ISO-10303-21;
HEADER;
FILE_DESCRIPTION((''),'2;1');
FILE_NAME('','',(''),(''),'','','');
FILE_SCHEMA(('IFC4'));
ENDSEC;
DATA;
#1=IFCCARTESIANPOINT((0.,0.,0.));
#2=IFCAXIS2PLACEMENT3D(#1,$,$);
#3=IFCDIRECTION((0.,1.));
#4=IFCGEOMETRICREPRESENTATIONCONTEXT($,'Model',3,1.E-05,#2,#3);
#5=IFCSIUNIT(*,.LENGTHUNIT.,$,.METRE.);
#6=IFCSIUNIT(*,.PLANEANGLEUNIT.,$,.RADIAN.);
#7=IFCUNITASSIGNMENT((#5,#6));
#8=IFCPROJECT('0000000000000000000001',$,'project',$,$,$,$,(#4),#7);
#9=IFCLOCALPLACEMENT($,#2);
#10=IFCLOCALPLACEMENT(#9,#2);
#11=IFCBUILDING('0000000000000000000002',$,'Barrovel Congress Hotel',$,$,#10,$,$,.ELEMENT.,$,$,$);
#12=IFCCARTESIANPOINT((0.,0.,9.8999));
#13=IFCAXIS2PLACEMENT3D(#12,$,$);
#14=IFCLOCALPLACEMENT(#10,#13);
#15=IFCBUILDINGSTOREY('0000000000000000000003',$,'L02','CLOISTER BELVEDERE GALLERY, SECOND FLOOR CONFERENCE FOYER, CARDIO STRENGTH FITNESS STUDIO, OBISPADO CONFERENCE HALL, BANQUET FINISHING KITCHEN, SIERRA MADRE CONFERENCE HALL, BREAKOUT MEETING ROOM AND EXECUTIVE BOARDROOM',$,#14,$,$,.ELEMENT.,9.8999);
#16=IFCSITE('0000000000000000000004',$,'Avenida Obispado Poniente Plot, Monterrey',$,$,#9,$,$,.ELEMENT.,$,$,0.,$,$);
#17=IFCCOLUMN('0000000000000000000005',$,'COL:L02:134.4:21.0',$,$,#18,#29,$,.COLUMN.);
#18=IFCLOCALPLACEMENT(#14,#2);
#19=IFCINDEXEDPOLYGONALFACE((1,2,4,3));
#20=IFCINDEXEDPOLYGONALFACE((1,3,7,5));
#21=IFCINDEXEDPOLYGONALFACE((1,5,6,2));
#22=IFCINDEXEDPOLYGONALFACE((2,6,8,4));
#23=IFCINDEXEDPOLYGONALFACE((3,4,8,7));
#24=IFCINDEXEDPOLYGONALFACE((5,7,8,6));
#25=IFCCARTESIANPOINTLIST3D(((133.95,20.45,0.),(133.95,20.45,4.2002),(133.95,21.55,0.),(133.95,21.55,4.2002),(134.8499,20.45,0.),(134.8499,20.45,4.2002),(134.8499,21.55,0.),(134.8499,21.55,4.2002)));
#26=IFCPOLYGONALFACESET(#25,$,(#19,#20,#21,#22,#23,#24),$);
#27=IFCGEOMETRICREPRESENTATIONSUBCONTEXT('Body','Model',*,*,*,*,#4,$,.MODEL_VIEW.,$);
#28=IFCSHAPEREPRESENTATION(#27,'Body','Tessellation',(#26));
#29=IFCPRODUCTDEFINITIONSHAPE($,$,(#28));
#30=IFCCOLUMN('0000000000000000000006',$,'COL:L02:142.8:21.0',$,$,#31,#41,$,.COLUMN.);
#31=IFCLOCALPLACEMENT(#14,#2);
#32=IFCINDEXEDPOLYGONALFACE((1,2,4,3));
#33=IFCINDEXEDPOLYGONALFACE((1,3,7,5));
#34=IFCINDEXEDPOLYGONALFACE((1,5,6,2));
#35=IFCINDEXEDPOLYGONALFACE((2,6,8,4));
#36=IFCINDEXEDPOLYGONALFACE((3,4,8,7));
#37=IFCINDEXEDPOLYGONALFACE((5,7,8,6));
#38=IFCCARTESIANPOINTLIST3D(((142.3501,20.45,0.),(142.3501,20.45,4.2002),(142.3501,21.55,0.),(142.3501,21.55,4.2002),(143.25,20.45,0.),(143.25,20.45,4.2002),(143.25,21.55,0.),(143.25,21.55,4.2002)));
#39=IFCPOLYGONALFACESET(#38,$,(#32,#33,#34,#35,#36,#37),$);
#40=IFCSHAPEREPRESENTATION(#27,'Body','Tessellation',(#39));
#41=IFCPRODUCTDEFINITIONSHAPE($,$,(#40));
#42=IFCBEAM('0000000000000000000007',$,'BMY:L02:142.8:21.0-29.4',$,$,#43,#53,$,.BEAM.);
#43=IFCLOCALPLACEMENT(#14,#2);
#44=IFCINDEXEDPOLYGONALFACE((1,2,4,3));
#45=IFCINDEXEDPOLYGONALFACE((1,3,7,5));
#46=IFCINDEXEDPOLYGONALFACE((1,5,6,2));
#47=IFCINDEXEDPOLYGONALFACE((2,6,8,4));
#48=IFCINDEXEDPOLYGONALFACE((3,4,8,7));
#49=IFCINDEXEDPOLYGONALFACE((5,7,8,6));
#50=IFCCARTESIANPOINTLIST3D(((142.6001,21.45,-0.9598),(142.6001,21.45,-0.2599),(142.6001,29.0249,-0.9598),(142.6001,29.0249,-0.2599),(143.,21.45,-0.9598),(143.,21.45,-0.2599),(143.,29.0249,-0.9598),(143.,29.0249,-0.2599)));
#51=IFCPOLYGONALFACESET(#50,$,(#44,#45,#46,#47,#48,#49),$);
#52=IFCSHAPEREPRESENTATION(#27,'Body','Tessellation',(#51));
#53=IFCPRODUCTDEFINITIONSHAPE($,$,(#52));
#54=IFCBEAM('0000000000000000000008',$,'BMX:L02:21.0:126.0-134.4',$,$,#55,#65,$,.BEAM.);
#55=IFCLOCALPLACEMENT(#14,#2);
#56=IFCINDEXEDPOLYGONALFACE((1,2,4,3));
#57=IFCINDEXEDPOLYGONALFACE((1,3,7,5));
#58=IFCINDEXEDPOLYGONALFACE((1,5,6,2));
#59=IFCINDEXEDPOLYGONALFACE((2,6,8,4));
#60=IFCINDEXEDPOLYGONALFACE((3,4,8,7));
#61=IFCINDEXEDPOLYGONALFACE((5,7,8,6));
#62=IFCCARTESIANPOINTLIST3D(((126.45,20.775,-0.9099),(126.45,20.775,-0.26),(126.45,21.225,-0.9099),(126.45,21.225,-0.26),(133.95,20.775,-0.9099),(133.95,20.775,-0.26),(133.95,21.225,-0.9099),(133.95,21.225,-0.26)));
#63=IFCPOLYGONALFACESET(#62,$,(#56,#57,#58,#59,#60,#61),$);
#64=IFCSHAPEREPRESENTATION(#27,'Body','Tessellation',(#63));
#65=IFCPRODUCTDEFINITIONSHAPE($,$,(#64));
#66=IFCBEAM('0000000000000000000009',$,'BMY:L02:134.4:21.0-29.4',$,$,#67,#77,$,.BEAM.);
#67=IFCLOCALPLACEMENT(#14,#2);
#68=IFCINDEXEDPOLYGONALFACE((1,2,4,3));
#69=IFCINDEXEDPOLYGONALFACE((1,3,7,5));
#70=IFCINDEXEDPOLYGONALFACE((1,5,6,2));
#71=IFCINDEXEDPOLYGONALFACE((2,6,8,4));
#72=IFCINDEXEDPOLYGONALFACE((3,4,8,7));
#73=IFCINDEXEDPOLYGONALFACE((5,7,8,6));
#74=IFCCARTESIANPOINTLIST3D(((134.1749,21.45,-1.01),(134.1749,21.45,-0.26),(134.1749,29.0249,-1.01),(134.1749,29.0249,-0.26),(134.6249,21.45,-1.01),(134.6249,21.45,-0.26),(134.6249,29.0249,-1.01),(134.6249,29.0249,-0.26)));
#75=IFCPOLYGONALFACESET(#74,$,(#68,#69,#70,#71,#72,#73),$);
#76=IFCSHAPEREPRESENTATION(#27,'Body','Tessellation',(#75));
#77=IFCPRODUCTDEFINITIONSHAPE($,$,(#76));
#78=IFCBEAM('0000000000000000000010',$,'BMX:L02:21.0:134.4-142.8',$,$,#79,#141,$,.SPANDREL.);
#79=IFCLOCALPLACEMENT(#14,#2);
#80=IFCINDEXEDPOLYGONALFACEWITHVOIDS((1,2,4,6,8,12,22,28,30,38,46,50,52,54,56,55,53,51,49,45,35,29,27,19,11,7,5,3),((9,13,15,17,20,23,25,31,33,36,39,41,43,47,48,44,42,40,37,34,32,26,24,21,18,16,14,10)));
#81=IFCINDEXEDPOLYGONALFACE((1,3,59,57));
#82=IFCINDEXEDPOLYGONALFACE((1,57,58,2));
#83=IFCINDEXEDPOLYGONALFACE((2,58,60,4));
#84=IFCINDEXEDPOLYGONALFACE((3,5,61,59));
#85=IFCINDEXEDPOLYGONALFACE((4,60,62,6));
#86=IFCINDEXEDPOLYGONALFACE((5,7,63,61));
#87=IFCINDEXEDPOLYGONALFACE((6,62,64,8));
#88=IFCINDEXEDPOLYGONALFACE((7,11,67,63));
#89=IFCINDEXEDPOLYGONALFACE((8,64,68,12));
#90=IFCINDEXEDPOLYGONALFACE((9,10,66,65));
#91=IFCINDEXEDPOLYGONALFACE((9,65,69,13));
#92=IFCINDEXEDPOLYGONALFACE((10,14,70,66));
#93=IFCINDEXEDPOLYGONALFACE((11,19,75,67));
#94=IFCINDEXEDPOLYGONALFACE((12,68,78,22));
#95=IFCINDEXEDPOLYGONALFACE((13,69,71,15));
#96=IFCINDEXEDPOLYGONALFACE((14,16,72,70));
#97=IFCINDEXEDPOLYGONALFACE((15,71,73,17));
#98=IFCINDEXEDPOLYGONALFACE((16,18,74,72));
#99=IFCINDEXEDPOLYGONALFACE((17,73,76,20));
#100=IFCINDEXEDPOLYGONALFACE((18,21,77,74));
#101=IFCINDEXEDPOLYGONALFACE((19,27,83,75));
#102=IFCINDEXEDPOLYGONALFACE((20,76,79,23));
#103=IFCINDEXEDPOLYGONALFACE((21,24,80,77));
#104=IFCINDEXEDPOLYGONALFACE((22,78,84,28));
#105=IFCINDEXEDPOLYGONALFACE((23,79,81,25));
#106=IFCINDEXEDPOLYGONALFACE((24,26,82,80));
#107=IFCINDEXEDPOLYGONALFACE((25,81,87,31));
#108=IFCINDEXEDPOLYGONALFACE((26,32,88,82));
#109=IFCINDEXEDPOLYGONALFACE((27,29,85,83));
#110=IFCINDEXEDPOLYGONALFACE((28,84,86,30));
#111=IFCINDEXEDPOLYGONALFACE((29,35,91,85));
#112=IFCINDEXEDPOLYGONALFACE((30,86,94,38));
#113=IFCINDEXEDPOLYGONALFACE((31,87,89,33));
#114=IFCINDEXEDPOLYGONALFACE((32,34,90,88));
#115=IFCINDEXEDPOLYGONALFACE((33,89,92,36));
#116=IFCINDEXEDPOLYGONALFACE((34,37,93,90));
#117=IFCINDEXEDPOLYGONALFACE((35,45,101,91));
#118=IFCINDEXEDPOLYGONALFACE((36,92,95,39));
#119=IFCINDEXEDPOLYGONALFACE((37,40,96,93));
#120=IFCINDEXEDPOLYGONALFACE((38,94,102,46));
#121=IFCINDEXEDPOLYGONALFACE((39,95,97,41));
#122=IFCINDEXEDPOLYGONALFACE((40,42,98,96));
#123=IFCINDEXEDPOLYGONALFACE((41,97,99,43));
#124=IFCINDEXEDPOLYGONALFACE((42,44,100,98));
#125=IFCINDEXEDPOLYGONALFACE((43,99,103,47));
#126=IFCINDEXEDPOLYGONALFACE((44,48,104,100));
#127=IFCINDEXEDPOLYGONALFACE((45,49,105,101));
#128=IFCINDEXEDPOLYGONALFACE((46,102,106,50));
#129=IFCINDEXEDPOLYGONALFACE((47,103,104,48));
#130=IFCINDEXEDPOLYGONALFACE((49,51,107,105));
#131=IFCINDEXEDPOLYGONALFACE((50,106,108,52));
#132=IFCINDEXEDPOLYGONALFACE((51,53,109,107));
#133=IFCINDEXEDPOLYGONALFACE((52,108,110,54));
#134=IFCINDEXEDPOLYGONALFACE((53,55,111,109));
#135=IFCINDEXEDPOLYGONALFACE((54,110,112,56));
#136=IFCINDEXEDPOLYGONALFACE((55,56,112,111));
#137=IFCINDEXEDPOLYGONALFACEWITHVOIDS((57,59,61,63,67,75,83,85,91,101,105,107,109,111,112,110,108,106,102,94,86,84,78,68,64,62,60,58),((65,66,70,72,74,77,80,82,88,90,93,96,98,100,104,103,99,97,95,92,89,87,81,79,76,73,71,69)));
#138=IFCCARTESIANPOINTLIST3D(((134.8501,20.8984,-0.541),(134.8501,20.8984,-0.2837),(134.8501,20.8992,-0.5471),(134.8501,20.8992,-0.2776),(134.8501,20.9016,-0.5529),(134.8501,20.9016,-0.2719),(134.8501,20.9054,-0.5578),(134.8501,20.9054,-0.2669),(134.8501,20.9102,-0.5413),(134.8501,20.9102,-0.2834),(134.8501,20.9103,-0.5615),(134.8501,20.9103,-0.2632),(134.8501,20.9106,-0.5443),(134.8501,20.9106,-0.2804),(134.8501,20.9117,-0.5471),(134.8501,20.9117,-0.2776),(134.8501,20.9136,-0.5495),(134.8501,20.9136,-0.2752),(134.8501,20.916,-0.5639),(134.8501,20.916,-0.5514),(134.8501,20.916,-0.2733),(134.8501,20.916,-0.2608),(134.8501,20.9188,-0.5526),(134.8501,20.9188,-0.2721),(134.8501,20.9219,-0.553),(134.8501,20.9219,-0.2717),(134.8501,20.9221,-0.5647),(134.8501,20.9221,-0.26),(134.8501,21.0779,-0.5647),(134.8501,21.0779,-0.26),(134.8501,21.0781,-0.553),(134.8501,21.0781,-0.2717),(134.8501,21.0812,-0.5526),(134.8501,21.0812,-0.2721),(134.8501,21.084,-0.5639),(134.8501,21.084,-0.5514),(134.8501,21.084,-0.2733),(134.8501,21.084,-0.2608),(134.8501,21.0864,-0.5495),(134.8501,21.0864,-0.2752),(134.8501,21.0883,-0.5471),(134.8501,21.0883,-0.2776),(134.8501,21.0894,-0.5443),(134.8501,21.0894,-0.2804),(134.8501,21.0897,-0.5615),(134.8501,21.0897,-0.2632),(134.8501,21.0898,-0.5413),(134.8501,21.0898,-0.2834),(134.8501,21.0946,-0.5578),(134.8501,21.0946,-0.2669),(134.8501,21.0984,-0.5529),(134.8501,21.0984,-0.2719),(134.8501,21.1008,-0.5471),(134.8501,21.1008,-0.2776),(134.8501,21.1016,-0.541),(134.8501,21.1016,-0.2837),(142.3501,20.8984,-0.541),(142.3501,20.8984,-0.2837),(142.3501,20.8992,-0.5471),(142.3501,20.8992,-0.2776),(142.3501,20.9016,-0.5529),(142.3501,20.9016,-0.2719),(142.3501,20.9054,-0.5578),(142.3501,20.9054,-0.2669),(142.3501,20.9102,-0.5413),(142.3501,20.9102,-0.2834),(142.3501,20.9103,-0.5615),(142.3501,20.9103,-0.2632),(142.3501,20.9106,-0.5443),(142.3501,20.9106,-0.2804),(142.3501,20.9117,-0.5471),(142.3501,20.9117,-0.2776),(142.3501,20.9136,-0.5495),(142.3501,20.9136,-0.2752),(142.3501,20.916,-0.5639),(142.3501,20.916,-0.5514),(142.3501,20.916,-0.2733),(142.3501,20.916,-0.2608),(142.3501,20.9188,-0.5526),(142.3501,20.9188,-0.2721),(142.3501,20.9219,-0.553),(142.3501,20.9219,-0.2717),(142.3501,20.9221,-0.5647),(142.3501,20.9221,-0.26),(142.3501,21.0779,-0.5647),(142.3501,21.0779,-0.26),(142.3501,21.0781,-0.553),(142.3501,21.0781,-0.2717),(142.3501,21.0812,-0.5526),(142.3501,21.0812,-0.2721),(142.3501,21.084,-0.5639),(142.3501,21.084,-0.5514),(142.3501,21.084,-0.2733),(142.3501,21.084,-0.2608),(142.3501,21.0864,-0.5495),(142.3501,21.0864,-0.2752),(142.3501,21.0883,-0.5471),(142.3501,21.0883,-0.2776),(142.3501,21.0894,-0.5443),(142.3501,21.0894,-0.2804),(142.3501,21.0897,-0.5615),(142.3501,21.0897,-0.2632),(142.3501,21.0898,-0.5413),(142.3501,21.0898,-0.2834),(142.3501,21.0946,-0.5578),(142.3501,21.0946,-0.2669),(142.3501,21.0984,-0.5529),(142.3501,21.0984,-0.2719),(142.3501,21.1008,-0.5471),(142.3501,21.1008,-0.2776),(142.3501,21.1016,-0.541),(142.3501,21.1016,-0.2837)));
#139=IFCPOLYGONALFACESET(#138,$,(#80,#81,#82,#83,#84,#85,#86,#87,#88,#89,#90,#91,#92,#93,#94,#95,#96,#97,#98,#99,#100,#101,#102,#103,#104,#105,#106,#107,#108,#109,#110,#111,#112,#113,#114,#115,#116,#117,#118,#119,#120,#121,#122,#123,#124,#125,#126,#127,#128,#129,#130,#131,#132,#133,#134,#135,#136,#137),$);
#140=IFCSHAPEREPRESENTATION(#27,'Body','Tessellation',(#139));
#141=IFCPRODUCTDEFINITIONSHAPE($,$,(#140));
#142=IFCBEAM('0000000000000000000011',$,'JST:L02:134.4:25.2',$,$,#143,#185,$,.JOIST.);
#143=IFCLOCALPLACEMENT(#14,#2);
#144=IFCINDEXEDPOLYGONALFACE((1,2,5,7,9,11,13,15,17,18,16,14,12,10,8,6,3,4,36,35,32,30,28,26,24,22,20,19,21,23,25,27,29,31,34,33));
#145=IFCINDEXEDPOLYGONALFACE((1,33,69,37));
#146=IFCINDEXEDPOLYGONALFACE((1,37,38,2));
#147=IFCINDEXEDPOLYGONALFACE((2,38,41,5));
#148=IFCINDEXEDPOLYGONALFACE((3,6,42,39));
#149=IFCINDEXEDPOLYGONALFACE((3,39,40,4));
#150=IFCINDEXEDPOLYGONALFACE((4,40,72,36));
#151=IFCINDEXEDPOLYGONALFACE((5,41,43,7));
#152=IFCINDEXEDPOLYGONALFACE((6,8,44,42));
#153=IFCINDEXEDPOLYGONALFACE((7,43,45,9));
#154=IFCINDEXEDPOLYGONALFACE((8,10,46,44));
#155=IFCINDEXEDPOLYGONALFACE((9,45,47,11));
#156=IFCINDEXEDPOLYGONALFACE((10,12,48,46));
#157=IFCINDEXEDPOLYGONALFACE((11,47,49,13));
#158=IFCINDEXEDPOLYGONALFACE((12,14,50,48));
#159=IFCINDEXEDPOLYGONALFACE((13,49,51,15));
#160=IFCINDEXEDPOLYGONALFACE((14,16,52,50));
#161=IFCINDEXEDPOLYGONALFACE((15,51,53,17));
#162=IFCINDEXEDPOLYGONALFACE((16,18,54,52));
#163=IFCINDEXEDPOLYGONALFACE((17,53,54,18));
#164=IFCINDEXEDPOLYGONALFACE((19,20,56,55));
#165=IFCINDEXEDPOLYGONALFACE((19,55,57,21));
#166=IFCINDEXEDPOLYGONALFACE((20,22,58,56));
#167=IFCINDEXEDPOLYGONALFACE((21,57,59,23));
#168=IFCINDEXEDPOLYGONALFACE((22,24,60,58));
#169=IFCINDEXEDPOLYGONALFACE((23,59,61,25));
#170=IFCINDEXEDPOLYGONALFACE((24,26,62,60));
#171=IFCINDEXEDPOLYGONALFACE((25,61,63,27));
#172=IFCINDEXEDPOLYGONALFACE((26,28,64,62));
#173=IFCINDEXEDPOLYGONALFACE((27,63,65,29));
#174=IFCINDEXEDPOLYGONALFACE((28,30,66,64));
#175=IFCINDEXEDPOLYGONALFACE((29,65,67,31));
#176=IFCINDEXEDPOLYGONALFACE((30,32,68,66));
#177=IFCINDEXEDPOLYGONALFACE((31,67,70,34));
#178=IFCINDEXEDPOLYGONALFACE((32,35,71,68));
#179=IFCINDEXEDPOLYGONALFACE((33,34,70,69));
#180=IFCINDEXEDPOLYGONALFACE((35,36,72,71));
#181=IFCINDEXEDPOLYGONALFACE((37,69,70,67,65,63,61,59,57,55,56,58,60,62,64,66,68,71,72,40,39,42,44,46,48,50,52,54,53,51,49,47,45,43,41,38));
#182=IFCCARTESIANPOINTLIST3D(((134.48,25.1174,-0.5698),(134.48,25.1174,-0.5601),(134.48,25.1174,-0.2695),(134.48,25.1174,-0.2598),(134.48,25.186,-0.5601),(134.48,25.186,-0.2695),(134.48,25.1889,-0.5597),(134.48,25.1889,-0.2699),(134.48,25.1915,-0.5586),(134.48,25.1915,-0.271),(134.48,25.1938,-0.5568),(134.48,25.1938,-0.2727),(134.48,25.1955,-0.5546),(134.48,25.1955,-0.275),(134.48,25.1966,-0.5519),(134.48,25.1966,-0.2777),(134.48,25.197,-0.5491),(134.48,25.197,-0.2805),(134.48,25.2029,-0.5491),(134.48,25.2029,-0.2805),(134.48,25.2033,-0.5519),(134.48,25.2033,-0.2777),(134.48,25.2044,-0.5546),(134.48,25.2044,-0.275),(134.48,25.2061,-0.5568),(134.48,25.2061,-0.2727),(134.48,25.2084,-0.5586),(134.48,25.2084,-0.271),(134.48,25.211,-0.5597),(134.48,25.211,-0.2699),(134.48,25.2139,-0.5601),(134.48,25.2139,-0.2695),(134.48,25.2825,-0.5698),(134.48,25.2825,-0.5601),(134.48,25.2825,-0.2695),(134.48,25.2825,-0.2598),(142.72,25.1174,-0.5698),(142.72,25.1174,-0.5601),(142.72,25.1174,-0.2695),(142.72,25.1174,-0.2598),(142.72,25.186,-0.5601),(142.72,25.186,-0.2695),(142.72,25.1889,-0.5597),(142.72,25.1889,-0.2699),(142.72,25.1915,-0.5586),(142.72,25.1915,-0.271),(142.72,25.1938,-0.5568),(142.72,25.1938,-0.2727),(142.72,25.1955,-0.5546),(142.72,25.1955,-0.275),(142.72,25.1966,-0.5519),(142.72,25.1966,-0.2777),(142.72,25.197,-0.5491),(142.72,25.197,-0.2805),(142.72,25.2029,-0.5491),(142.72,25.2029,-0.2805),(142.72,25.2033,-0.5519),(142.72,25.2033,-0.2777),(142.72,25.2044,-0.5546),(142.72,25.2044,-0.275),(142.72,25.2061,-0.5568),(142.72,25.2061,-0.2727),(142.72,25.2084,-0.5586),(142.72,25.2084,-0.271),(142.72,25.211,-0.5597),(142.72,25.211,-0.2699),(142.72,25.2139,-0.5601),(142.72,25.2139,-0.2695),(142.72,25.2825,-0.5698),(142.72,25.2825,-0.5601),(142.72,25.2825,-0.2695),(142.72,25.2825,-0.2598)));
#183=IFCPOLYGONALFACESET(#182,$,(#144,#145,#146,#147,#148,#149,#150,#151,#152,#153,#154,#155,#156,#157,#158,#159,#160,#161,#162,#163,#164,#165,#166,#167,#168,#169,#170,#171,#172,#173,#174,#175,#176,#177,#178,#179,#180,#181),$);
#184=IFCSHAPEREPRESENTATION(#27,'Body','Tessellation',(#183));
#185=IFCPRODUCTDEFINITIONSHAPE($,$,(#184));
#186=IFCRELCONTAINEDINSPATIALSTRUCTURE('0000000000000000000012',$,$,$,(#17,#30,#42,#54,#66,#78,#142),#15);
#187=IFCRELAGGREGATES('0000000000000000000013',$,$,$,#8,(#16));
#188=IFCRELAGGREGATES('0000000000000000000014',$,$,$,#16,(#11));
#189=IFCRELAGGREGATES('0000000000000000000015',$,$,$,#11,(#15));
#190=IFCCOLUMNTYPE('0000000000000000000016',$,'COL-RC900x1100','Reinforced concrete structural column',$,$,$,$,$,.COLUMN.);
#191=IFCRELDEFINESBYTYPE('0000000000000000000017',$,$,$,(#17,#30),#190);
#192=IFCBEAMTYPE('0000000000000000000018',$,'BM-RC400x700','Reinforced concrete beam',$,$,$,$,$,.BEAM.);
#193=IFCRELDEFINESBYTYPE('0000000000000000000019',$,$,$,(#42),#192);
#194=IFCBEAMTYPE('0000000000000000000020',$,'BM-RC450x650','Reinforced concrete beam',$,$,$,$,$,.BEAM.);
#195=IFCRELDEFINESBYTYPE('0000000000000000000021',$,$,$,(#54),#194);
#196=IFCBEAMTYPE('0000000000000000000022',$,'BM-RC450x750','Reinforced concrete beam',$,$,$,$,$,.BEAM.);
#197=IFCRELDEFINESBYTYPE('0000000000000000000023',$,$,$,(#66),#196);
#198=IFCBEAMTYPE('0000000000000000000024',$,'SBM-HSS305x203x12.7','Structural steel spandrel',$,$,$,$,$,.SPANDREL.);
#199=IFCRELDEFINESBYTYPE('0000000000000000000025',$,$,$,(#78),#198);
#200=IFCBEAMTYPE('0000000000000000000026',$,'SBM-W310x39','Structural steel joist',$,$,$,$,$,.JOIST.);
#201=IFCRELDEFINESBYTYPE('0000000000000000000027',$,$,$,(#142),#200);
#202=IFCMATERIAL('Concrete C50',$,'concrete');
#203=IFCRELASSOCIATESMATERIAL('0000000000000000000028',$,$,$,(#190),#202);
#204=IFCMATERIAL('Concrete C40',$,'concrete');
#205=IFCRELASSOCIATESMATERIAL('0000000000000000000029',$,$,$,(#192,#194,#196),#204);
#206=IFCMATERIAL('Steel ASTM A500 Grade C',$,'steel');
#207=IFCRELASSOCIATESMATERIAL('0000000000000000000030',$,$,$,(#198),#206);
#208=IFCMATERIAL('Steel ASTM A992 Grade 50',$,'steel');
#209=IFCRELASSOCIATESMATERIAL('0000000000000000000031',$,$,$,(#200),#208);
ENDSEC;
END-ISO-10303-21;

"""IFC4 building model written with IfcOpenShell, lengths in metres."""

from ifc_helpers import new_model, si_unit, direction, frame, origin, origin_2d, place, context, subcontext, project, spatial, rectangle, hollow_rectangle, i_section, extrude, material, material_profile, profile_set, type_object, element, save


model = new_model("IFC4")

# Units and contexts
model_context = context("Model", 3, precision=1e-05, world=origin(), true_north=direction((0.0, 1.0)))
body_context = subcontext(model_context, "Body", "Model", "MODEL_VIEW")
ifc_project = project(units=[si_unit("LENGTHUNIT", "METRE"), si_unit("PLANEANGLEUNIT", "RADIAN")], contexts=[model_context])

# Site, building, storey
site_placement = place(None, origin())
site = spatial("IfcSite", under=ifc_project, at=site_placement, Name="Avenida Obispado Poniente Plot, Monterrey", CompositionType="ELEMENT", RefElevation=0.0)
building_placement = place(site_placement, origin())
building = spatial("IfcBuilding", under=site, at=building_placement, Name="Barrovel Congress Hotel", CompositionType="ELEMENT")
storey_placement = place(building_placement, frame((0.0, 0.0, 9.8999)))
storey = spatial("IfcBuildingStorey", under=building, at=storey_placement, Name="L02", Description="CLOISTER BELVEDERE GALLERY, SECOND FLOOR CONFERENCE FOYER, CARDIO STRENGTH FITNESS STUDIO, OBISPADO CONFERENCE HALL, BANQUET FINISHING KITCHEN, SIERRA MADRE CONFERENCE HALL, BREAKOUT MEETING ROOM AND EXECUTIVE BOARDROOM", CompositionType="ELEMENT", Elevation=9.8999)

# Columns
ifc_material_1 = material(Name="Concrete C50", Category="concrete")
ifc_material_profile_1 = material_profile(ifc_material_1, rectangle(XDim=0.8999, YDim=1.1001, at=origin_2d()), Name="RC900x1100")
ifc_profile_set_1 = profile_set([ifc_material_profile_1], Name="Concrete C50")
column_type = type_object("IfcColumnType", Name="COL-RC900x1100", Description="Reinforced concrete structural column", PredefinedType="COLUMN", material=ifc_profile_set_1)
for number, where, z_axis, x_axis, name in (
    (1, (134.3999, 21.0, 0.0), (0.0, 0.0, 1.0), (1.0, 0.0, 0.0), "COL:L02:134.4:21.0"),
    (2, (142.8, 21.0, 0.0), (0.0, 0.0, 1.0), (1.0, 0.0, 0.0), "COL:L02:142.8:21.0"),
):
    element("IfcColumn", number, at=place(storey_placement, frame(where, z_axis=z_axis, x_axis=x_axis)), inside=storey, type_object=column_type, Name=name, PredefinedType="COLUMN", context=body_context, shape_type="SweptSolid", body=[
        extrude(rectangle(XDim=0.8999, YDim=1.1001, at=origin_2d()), origin(), (0.0, 0.0, 1.0), 4.2002),
    ])

# Beams
ifc_material_2 = material(Name="Concrete C40", Category="concrete")
ifc_material_profile_2 = material_profile(ifc_material_2, rectangle(XDim=0.3999, YDim=0.7, at=origin_2d()), Name="RC400x700")
ifc_profile_set_2 = profile_set([ifc_material_profile_2], Name="Concrete C40")
beam_type_1 = type_object("IfcBeamType", Name="BM-RC400x700", Description="Reinforced concrete beam", PredefinedType="BEAM", material=ifc_profile_set_2)
beam_1_placement = place(storey_placement, frame((142.8, 21.45, -0.6099), z_axis=(0.0, 1.0, 0.0), x_axis=(-1.0, 0.0, 0.0)))
element("IfcBeam", 3, at=beam_1_placement, inside=storey, type_object=beam_type_1, Name="BMY:L02:142.8:21.0-29.4", PredefinedType="BEAM", context=body_context, shape_type="SweptSolid", body=[
    extrude(rectangle(XDim=0.3999, YDim=0.7, at=origin_2d()), origin(), (0.0, 0.0, 1.0), 7.575),
])
ifc_material_profile_3 = material_profile(ifc_material_2, rectangle(XDim=0.45, YDim=0.6499, at=origin_2d()), Name="RC450x650")
ifc_profile_set_3 = profile_set([ifc_material_profile_3], Name="Concrete C40")
beam_type_2 = type_object("IfcBeamType", Name="BM-RC450x650", Description="Reinforced concrete beam", PredefinedType="BEAM", material=ifc_profile_set_3)
beam_2_placement = place(storey_placement, frame((126.45, 21.0, -0.585), z_axis=(1.0, 0.0, 0.0), x_axis=(0.0, 1.0, 0.0)))
element("IfcBeam", 4, at=beam_2_placement, inside=storey, type_object=beam_type_2, Name="BMX:L02:21.0:126.0-134.4", PredefinedType="BEAM", context=body_context, shape_type="SweptSolid", body=[
    extrude(rectangle(XDim=0.45, YDim=0.6499, at=origin_2d()), origin(), (0.0, 0.0, 1.0), 7.5),
])
ifc_material_profile_4 = material_profile(ifc_material_2, rectangle(XDim=0.45, YDim=0.75, at=origin_2d()), Name="RC450x750")
ifc_profile_set_4 = profile_set([ifc_material_profile_4], Name="Concrete C40")
beam_type_3 = type_object("IfcBeamType", Name="BM-RC450x750", Description="Reinforced concrete beam", PredefinedType="BEAM", material=ifc_profile_set_4)
beam_3_placement = place(storey_placement, frame((134.3999, 21.45, -0.635), z_axis=(0.0, 1.0, 0.0), x_axis=(-1.0, 0.0, 0.0)))
element("IfcBeam", 5, at=beam_3_placement, inside=storey, type_object=beam_type_3, Name="BMY:L02:134.4:21.0-29.4", PredefinedType="BEAM", context=body_context, shape_type="SweptSolid", body=[
    extrude(rectangle(XDim=0.45, YDim=0.75, at=origin_2d()), origin(), (0.0, 0.0, 1.0), 7.575),
])
ifc_material_3 = material(Name="Steel ASTM A500 Grade C", Category="steel")
ifc_material_profile_5 = material_profile(ifc_material_3, hollow_rectangle(XDim=0.2031, YDim=0.3047, WallThickness=0.0117, InnerFilletRadius=0.0117, OuterFilletRadius=0.0237, at=origin_2d()), Name="HSS305x203x12.7")
ifc_profile_set_5 = profile_set([ifc_material_profile_5], Name="Steel ASTM A500 Grade C")
beam_type_4 = type_object("IfcBeamType", Name="SBM-HSS305x203x12.7", Description="Structural steel spandrel", PredefinedType="SPANDREL", material=ifc_profile_set_5)
beam_4_placement = place(storey_placement, frame((134.8501, 21.0, -0.4124), z_axis=(1.0, 0.0, 0.0), x_axis=(0.0, 1.0, 0.0)))
element("IfcBeam", 6, at=beam_4_placement, inside=storey, type_object=beam_type_4, Name="BMX:L02:21.0:134.4-142.8", PredefinedType="SPANDREL", context=body_context, shape_type="SweptSolid", body=[
    extrude(hollow_rectangle(XDim=0.2031, YDim=0.3047, WallThickness=0.0117, InnerFilletRadius=0.0117, OuterFilletRadius=0.0237, at=origin_2d()), origin(), (0.0, 0.0, 1.0), 7.5),
])
ifc_material_4 = material(Name="Steel ASTM A992 Grade 50", Category="steel")
ifc_material_profile_6 = material_profile(ifc_material_4, i_section(OverallWidth=0.165, OverallDepth=0.3101, WebThickness=0.0059, FlangeThickness=0.0098, FilletRadius=0.011, at=origin_2d()), Name="W310x39")
ifc_profile_set_6 = profile_set([ifc_material_profile_6], Name="Steel ASTM A992 Grade 50")
beam_type_5 = type_object("IfcBeamType", Name="SBM-W310x39", Description="Structural steel joist", PredefinedType="JOIST", material=ifc_profile_set_6)
beam_5_placement = place(storey_placement, frame((134.48, 25.2, -0.4148), z_axis=(1.0, 0.0, 0.0), x_axis=(0.0, 1.0, 0.0)))
element("IfcBeam", 7, at=beam_5_placement, inside=storey, type_object=beam_type_5, Name="JST:L02:134.4:25.2", PredefinedType="JOIST", context=body_context, shape_type="SweptSolid", body=[
    extrude(i_section(OverallWidth=0.165, OverallDepth=0.3101, WebThickness=0.0059, FlangeThickness=0.0098, FilletRadius=0.011, at=origin_2d()), origin(), (0.0, 0.0, 1.0), 8.24),
])

save(model, "model.ifc")
